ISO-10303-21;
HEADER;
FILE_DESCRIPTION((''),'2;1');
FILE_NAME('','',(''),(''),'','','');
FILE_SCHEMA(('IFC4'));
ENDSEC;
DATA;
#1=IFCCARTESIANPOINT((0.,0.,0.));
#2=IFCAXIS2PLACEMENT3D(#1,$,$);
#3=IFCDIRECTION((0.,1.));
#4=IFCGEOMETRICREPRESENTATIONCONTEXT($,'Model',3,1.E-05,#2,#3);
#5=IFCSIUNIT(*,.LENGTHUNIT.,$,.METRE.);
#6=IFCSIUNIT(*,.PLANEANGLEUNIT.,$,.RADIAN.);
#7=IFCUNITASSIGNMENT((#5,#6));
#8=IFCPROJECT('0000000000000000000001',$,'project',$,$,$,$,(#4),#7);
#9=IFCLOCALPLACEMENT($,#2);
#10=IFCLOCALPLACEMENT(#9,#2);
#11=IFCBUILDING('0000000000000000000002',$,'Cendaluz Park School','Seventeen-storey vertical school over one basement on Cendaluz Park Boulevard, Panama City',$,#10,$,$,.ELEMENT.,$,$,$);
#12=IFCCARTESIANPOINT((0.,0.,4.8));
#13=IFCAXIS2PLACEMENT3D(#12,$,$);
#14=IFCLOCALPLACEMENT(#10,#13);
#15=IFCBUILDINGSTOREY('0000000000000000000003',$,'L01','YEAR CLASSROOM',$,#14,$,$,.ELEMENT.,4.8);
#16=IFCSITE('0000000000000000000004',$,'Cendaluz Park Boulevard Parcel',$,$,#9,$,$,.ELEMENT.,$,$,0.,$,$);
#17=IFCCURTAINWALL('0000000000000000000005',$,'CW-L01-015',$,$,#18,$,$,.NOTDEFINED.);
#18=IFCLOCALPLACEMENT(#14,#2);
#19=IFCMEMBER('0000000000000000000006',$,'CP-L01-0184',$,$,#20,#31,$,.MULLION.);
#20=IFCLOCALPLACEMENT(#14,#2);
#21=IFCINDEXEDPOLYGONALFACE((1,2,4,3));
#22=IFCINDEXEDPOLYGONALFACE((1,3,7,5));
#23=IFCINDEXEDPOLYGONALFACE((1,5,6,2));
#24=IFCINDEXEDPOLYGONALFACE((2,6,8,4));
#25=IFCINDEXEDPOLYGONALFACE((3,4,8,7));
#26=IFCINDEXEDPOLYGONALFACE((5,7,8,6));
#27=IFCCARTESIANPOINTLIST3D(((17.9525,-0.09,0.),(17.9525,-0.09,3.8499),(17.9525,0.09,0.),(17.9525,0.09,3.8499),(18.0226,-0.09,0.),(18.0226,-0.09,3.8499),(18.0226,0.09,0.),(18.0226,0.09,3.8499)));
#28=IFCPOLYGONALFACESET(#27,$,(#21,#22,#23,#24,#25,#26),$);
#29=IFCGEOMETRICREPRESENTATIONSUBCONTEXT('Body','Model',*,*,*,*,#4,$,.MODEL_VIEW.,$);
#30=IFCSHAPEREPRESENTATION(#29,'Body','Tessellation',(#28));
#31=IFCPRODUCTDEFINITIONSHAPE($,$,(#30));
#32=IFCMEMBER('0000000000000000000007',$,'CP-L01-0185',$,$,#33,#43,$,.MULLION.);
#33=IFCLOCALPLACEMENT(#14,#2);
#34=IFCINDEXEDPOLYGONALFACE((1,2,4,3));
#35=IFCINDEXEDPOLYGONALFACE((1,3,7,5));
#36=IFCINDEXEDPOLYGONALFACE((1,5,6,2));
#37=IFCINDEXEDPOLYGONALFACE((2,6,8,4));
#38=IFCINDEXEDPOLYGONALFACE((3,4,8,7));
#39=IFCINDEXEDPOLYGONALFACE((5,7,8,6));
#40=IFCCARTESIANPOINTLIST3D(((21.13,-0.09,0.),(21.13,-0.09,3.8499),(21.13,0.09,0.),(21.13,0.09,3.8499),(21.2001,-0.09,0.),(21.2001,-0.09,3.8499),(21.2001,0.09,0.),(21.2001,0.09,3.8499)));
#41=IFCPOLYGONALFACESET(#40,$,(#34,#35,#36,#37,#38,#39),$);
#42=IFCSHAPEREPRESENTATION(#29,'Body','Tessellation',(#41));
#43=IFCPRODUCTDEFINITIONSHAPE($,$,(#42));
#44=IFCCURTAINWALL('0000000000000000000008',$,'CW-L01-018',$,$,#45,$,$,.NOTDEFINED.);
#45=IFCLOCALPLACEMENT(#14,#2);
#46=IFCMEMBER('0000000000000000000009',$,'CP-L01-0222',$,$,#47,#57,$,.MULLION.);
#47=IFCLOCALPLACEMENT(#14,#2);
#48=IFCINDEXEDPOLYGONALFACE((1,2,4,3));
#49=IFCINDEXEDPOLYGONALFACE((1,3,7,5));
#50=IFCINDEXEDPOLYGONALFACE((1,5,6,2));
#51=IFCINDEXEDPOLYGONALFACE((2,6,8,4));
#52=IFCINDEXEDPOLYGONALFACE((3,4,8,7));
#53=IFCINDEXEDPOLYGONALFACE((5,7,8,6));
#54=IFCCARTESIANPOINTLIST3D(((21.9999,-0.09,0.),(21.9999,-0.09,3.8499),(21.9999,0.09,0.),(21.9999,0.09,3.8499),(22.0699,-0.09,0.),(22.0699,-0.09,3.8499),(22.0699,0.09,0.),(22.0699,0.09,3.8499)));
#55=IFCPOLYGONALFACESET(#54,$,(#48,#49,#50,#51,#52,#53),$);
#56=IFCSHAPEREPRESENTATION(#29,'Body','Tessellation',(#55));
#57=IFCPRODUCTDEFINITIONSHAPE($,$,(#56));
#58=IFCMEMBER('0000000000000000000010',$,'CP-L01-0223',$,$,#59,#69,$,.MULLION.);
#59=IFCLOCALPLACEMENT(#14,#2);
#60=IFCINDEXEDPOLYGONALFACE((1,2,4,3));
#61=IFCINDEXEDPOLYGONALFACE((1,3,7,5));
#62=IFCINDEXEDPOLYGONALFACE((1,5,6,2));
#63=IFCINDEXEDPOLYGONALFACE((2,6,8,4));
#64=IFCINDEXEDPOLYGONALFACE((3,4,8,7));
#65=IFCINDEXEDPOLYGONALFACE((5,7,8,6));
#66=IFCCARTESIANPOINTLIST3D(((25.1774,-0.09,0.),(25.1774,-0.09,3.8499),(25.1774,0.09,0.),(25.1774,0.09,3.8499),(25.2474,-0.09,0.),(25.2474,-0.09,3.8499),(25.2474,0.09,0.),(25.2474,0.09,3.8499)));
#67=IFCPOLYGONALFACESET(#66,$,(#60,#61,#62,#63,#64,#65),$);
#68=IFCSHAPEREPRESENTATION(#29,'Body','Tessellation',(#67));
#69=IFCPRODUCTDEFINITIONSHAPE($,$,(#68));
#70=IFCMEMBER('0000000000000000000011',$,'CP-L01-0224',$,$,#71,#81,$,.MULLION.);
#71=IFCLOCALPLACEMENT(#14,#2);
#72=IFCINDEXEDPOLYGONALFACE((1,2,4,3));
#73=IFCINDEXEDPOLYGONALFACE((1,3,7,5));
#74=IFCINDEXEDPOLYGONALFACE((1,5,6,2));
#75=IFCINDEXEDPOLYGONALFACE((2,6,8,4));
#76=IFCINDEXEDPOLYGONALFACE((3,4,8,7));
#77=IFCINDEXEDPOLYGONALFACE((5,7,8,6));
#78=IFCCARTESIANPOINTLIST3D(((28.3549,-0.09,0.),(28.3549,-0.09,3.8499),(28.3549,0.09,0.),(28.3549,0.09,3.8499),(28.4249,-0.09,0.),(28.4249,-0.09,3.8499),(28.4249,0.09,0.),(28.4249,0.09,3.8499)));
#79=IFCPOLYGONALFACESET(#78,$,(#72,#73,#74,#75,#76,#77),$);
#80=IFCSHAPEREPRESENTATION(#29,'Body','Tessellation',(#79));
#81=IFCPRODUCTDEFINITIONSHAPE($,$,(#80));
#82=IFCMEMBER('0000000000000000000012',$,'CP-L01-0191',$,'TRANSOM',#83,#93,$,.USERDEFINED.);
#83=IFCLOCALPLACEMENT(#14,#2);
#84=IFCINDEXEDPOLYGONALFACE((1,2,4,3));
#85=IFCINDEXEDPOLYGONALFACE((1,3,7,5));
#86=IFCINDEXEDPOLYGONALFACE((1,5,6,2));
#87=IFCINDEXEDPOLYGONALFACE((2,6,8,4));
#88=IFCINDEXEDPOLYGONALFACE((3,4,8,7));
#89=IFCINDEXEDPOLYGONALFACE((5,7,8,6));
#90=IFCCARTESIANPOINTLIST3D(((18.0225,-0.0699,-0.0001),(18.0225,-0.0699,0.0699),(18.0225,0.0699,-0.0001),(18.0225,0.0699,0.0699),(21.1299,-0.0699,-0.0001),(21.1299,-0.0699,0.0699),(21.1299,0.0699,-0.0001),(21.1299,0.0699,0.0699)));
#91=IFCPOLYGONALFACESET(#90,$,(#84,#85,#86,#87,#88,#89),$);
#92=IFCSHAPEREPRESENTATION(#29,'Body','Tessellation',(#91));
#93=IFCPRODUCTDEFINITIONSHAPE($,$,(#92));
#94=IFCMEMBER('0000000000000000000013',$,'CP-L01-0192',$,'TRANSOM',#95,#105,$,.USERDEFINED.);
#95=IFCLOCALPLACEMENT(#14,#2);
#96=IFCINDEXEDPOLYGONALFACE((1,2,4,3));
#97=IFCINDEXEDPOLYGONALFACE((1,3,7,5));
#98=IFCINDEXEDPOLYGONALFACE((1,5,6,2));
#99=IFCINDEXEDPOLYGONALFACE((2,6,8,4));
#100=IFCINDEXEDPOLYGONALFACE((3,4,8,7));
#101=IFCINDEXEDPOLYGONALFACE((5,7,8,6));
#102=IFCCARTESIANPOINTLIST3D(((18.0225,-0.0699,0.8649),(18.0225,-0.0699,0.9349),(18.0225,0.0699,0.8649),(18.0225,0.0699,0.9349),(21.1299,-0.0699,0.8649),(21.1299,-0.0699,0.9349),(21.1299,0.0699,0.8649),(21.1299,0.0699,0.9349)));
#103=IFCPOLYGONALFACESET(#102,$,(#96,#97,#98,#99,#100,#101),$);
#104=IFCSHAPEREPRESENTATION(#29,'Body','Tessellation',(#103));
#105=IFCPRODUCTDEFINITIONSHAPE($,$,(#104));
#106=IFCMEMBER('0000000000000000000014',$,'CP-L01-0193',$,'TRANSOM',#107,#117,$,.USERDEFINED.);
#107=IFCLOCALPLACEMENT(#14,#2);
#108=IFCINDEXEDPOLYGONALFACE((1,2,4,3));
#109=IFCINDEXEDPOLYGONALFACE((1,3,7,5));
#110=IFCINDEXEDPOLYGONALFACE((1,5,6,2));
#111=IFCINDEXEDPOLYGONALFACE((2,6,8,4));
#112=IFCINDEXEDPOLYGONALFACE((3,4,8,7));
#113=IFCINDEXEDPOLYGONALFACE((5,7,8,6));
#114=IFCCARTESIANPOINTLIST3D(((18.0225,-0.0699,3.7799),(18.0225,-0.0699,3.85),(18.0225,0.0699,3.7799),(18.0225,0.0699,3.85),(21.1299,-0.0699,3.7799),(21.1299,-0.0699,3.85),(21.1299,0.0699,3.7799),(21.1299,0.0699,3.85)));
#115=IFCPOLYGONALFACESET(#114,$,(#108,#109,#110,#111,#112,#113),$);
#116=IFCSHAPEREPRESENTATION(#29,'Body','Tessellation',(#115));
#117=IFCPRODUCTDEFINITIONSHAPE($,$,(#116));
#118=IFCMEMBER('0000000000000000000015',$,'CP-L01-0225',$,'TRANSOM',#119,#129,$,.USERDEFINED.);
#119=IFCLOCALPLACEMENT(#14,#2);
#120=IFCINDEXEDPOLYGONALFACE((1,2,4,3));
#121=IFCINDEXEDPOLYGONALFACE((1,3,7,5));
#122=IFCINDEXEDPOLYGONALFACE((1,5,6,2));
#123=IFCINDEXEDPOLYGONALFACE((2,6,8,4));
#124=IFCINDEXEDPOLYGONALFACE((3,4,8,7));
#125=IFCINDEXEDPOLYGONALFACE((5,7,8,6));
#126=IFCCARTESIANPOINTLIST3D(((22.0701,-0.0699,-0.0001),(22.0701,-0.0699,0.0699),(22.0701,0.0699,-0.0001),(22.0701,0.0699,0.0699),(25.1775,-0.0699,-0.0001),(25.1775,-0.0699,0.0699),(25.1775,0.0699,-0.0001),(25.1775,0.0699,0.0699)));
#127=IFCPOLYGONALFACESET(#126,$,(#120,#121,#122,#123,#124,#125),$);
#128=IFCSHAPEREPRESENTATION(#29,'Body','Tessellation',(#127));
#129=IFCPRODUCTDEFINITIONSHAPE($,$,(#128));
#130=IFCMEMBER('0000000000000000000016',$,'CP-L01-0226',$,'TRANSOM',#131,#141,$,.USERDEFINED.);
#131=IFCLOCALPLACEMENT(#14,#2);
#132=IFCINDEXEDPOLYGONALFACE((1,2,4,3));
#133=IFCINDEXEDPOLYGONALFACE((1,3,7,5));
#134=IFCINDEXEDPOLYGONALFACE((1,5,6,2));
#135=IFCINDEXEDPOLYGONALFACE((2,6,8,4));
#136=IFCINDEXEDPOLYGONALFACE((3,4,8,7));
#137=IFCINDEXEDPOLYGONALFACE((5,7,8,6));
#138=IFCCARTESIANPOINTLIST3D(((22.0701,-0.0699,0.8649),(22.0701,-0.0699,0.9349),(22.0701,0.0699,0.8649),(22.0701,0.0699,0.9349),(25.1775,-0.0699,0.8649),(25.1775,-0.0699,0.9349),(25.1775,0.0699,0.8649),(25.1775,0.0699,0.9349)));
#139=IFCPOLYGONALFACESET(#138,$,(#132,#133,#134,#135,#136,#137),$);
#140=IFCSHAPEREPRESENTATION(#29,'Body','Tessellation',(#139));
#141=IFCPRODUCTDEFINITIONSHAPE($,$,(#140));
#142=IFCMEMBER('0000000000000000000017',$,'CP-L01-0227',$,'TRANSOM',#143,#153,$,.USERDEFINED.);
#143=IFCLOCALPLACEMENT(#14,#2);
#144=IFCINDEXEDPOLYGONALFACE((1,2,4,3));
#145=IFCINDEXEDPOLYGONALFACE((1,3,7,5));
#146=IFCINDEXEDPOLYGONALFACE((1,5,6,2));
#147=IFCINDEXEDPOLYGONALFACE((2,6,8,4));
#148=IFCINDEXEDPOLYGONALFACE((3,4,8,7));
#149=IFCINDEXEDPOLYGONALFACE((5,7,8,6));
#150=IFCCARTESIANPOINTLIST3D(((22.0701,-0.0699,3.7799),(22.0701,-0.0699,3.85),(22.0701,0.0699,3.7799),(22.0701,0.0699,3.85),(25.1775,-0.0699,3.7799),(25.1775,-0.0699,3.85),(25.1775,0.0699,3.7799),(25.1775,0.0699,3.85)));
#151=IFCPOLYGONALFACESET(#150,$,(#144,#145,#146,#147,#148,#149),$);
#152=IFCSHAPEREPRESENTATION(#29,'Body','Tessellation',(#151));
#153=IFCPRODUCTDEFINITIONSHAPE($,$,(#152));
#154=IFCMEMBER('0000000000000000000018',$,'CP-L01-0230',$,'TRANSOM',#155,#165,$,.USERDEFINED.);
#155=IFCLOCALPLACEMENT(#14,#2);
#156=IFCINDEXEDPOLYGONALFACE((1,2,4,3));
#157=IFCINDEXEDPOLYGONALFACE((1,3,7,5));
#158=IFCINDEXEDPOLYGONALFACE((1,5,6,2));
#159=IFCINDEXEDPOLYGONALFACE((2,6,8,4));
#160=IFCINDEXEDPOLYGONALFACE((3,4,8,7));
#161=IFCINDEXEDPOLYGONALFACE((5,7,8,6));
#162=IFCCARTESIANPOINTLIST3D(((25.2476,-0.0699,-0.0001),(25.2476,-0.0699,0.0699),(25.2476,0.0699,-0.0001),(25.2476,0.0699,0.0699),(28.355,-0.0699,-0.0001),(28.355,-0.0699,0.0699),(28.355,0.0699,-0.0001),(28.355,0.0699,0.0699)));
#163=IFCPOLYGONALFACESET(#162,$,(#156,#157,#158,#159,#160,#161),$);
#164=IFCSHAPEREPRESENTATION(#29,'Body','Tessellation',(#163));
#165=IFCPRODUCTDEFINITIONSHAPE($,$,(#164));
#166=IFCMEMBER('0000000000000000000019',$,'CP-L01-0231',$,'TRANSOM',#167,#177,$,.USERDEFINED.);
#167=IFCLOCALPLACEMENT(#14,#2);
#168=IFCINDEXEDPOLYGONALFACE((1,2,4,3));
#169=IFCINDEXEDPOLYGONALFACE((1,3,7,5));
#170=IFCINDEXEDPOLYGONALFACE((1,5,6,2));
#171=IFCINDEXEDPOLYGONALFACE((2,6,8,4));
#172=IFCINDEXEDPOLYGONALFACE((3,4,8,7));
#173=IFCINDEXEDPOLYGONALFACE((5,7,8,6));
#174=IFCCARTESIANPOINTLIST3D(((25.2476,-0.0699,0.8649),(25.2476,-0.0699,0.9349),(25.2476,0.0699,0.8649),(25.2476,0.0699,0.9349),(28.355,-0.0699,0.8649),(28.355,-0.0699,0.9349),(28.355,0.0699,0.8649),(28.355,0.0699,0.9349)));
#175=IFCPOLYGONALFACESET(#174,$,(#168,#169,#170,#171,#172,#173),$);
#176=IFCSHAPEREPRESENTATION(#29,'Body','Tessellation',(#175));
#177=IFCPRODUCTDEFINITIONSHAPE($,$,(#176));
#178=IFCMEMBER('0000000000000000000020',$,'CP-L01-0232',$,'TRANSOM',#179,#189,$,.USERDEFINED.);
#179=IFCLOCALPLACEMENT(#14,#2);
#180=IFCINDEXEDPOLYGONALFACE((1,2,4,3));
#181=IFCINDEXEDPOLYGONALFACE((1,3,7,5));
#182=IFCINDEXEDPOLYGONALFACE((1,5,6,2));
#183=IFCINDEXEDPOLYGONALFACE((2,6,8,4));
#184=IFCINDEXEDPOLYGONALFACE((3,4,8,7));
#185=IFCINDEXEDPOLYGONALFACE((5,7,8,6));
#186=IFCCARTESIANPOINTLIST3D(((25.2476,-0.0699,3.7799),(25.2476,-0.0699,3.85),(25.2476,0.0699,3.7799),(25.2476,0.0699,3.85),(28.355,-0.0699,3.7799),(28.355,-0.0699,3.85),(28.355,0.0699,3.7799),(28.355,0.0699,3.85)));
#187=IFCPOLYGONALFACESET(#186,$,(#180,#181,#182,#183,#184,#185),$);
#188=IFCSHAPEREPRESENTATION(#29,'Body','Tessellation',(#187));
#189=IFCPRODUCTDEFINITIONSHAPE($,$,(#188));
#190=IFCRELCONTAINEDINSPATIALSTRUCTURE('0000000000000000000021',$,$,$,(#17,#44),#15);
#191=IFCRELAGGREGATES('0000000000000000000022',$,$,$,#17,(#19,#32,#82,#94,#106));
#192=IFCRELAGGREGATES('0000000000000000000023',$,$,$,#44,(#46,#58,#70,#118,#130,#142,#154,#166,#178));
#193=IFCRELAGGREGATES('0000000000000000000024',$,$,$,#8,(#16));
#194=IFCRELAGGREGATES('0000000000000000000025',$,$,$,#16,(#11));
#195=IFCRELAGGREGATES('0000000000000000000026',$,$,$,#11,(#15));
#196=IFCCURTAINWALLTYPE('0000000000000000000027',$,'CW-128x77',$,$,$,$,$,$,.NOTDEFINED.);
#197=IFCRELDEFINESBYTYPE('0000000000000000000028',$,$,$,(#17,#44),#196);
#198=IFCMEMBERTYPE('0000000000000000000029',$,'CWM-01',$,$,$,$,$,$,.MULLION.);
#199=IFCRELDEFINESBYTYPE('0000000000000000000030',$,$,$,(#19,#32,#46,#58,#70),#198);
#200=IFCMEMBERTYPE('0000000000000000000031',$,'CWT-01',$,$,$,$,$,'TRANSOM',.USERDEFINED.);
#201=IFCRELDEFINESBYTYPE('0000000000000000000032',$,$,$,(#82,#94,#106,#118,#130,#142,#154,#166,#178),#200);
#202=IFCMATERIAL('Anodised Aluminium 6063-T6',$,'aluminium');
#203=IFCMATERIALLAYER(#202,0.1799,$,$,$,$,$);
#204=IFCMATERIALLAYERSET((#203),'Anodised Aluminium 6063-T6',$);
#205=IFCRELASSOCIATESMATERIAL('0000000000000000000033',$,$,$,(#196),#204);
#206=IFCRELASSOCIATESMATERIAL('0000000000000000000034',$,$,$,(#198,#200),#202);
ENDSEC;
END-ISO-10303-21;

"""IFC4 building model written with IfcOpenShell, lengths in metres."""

from ifc_helpers import new_model, si_unit, direction, frame, origin, origin_2d, place, context, subcontext, project, spatial, rectangle, extrude, material, layer, layer_set, material_profile, profile_set, type_object, element, aggregate, save


model = new_model("IFC4")

# Units and contexts
model_context = context("Model", 3, precision=1e-05, world=origin(), true_north=direction((0.0, 1.0)))
body_context = subcontext(model_context, "Body", "Model", "MODEL_VIEW")
ifc_project = project(units=[si_unit("LENGTHUNIT", "METRE"), si_unit("PLANEANGLEUNIT", "RADIAN")], contexts=[model_context])

# Site, building, storey
site_placement = place(None, origin())
site = spatial("IfcSite", under=ifc_project, at=site_placement, Name="Cendaluz Park Boulevard Parcel", CompositionType="ELEMENT", RefElevation=0.0)
building_placement = place(site_placement, origin())
building = spatial("IfcBuilding", under=site, at=building_placement, Name="Cendaluz Park School", Description="Seventeen-storey vertical school over one basement on Cendaluz Park Boulevard, Panama City", CompositionType="ELEMENT")
storey_placement = place(building_placement, frame((0.0, 0.0, 4.8)))
storey = spatial("IfcBuildingStorey", under=building, at=storey_placement, Name="L01", Description="YEAR CLASSROOM", CompositionType="ELEMENT", Elevation=4.8)

# Curtain walls, members
ifc_material_1 = material(Name="Anodised Aluminium 6063-T6", Category="aluminium")
ifc_layer_1 = layer(ifc_material_1, 0.1799)
ifc_layer_set_1 = layer_set([ifc_layer_1], Name="Anodised Aluminium 6063-T6")
curtain_wall_type = type_object("IfcCurtainWallType", Name="CW-128x77", PredefinedType="NOTDEFINED", material=ifc_layer_set_1)
curtain_wall_1_placement = place(storey_placement, origin())
curtain_wall_1 = element("IfcCurtainWall", 1, at=curtain_wall_1_placement, inside=storey, type_object=curtain_wall_type, Name="CW-L01-015", PredefinedType="NOTDEFINED")
ifc_material_profile_1 = material_profile(ifc_material_1, rectangle(XDim=0.1799, YDim=0.0701, at=origin_2d()), Name="CWM 180x70", Category="aluminium")
ifc_profile_set_1 = profile_set([ifc_material_profile_1], Name="Anodised Aluminium 6063-T6")
member_type_1 = type_object("IfcMemberType", Name="CWM-01", PredefinedType="MULLION", material=ifc_profile_set_1)
member_1_placement = place(storey_placement, frame((17.9875, 0.0, 0.0), z_axis=(0.0, 0.0, 1.0), x_axis=(0.0, 1.0, 0.0)))
member_1 = element("IfcMember", 2, at=member_1_placement, type_object=member_type_1, Name="CP-L01-0184", PredefinedType="MULLION", context=body_context, shape_type="SweptSolid", body=[
    extrude(rectangle(XDim=0.1799, YDim=0.0701, at=origin_2d()), origin(), (0.0, 0.0, 1.0), 3.8499),
])
member_2_placement = place(storey_placement, frame((21.165, 0.0, 0.0), z_axis=(0.0, 0.0, 1.0), x_axis=(0.0, 1.0, 0.0)))
member_2 = element("IfcMember", 3, at=member_2_placement, type_object=member_type_1, Name="CP-L01-0185", PredefinedType="MULLION", context=body_context, shape_type="SweptSolid", body=[
    extrude(rectangle(XDim=0.1799, YDim=0.0701, at=origin_2d()), origin(), (0.0, 0.0, 1.0), 3.8499),
])
curtain_wall_2_placement = place(storey_placement, origin())
curtain_wall_2 = element("IfcCurtainWall", 4, at=curtain_wall_2_placement, inside=storey, type_object=curtain_wall_type, Name="CW-L01-018", PredefinedType="NOTDEFINED")
member_3_placement = place(storey_placement, frame((22.0349, 0.0, 0.0), z_axis=(0.0, 0.0, 1.0), x_axis=(0.0, 1.0, 0.0)))
member_3 = element("IfcMember", 5, at=member_3_placement, type_object=member_type_1, Name="CP-L01-0222", PredefinedType="MULLION", context=body_context, shape_type="SweptSolid", body=[
    extrude(rectangle(XDim=0.1799, YDim=0.0701, at=origin_2d()), origin(), (0.0, 0.0, 1.0), 3.8499),
])
member_4_placement = place(storey_placement, frame((25.2124, 0.0, 0.0), z_axis=(0.0, 0.0, 1.0), x_axis=(0.0, 1.0, 0.0)))
member_4 = element("IfcMember", 6, at=member_4_placement, type_object=member_type_1, Name="CP-L01-0223", PredefinedType="MULLION", context=body_context, shape_type="SweptSolid", body=[
    extrude(rectangle(XDim=0.1799, YDim=0.0701, at=origin_2d()), origin(), (0.0, 0.0, 1.0), 3.8499),
])
member_5_placement = place(storey_placement, frame((28.3899, 0.0, 0.0), z_axis=(0.0, 0.0, 1.0), x_axis=(0.0, 1.0, 0.0)))
member_5 = element("IfcMember", 7, at=member_5_placement, type_object=member_type_1, Name="CP-L01-0224", PredefinedType="MULLION", context=body_context, shape_type="SweptSolid", body=[
    extrude(rectangle(XDim=0.1799, YDim=0.0701, at=origin_2d()), origin(), (0.0, 0.0, 1.0), 3.8499),
])

# Members
ifc_material_profile_2 = material_profile(ifc_material_1, rectangle(XDim=0.1399, YDim=0.0701, at=origin_2d()), Name="CWT 140x70", Category="aluminium")
ifc_profile_set_2 = profile_set([ifc_material_profile_2], Name="Anodised Aluminium 6063-T6")
member_type_2 = type_object("IfcMemberType", Name="CWT-01", ElementType="TRANSOM", PredefinedType="USERDEFINED", material=ifc_profile_set_2)
member_6_placement = place(storey_placement, frame((18.0225, 0.0, 0.0349), z_axis=(1.0, 0.0, 0.0), x_axis=(0.0, 1.0, 0.0)))
member_6 = element("IfcMember", 8, at=member_6_placement, type_object=member_type_2, Name="CP-L01-0191", ObjectType="TRANSOM", PredefinedType="USERDEFINED", context=body_context, shape_type="SweptSolid", body=[
    extrude(rectangle(XDim=0.1399, YDim=0.0701, at=origin_2d()), origin(), (0.0, 0.0, 1.0), 3.1074),
])
member_7_placement = place(storey_placement, frame((18.0225, 0.0, 0.8999), z_axis=(1.0, 0.0, 0.0), x_axis=(0.0, 1.0, 0.0)))
member_7 = element("IfcMember", 9, at=member_7_placement, type_object=member_type_2, Name="CP-L01-0192", ObjectType="TRANSOM", PredefinedType="USERDEFINED", context=body_context, shape_type="SweptSolid", body=[
    extrude(rectangle(XDim=0.1399, YDim=0.0701, at=origin_2d()), origin(), (0.0, 0.0, 1.0), 3.1074),
])
member_8_placement = place(storey_placement, frame((18.0225, 0.0, 3.8149), z_axis=(1.0, 0.0, 0.0), x_axis=(0.0, 1.0, 0.0)))
member_8 = element("IfcMember", 10, at=member_8_placement, type_object=member_type_2, Name="CP-L01-0193", ObjectType="TRANSOM", PredefinedType="USERDEFINED", context=body_context, shape_type="SweptSolid", body=[
    extrude(rectangle(XDim=0.1399, YDim=0.0701, at=origin_2d()), origin(), (0.0, 0.0, 1.0), 3.1074),
])
member_9_placement = place(storey_placement, frame((22.0701, 0.0, 0.0349), z_axis=(1.0, 0.0, 0.0), x_axis=(0.0, 1.0, 0.0)))
member_9 = element("IfcMember", 11, at=member_9_placement, type_object=member_type_2, Name="CP-L01-0225", ObjectType="TRANSOM", PredefinedType="USERDEFINED", context=body_context, shape_type="SweptSolid", body=[
    extrude(rectangle(XDim=0.1399, YDim=0.0701, at=origin_2d()), origin(), (0.0, 0.0, 1.0), 3.1074),
])
member_10_placement = place(storey_placement, frame((22.0701, 0.0, 0.8999), z_axis=(1.0, 0.0, 0.0), x_axis=(0.0, 1.0, 0.0)))
member_10 = element("IfcMember", 12, at=member_10_placement, type_object=member_type_2, Name="CP-L01-0226", ObjectType="TRANSOM", PredefinedType="USERDEFINED", context=body_context, shape_type="SweptSolid", body=[
    extrude(rectangle(XDim=0.1399, YDim=0.0701, at=origin_2d()), origin(), (0.0, 0.0, 1.0), 3.1074),
])
member_11_placement = place(storey_placement, frame((22.0701, 0.0, 3.8149), z_axis=(1.0, 0.0, 0.0), x_axis=(0.0, 1.0, 0.0)))
member_11 = element("IfcMember", 13, at=member_11_placement, type_object=member_type_2, Name="CP-L01-0227", ObjectType="TRANSOM", PredefinedType="USERDEFINED", context=body_context, shape_type="SweptSolid", body=[
    extrude(rectangle(XDim=0.1399, YDim=0.0701, at=origin_2d()), origin(), (0.0, 0.0, 1.0), 3.1074),
])
member_12_placement = place(storey_placement, frame((25.2476, 0.0, 0.0349), z_axis=(1.0, 0.0, 0.0), x_axis=(0.0, 1.0, 0.0)))
member_12 = element("IfcMember", 14, at=member_12_placement, type_object=member_type_2, Name="CP-L01-0230", ObjectType="TRANSOM", PredefinedType="USERDEFINED", context=body_context, shape_type="SweptSolid", body=[
    extrude(rectangle(XDim=0.1399, YDim=0.0701, at=origin_2d()), origin(), (0.0, 0.0, 1.0), 3.1074),
])
member_13_placement = place(storey_placement, frame((25.2476, 0.0, 0.8999), z_axis=(1.0, 0.0, 0.0), x_axis=(0.0, 1.0, 0.0)))
member_13 = element("IfcMember", 15, at=member_13_placement, type_object=member_type_2, Name="CP-L01-0231", ObjectType="TRANSOM", PredefinedType="USERDEFINED", context=body_context, shape_type="SweptSolid", body=[
    extrude(rectangle(XDim=0.1399, YDim=0.0701, at=origin_2d()), origin(), (0.0, 0.0, 1.0), 3.1074),
])
member_14_placement = place(storey_placement, frame((25.2476, 0.0, 3.8149), z_axis=(1.0, 0.0, 0.0), x_axis=(0.0, 1.0, 0.0)))
member_14 = element("IfcMember", 16, at=member_14_placement, type_object=member_type_2, Name="CP-L01-0232", ObjectType="TRANSOM", PredefinedType="USERDEFINED", context=body_context, shape_type="SweptSolid", body=[
    extrude(rectangle(XDim=0.1399, YDim=0.0701, at=origin_2d()), origin(), (0.0, 0.0, 1.0), 3.1074),
])

aggregate(curtain_wall_1, [member_1, member_2, member_6, member_7, member_8])
aggregate(curtain_wall_2, [member_3, member_4, member_5, member_9, member_10, member_11, member_12, member_13, member_14])

save(model, "model.ifc")
